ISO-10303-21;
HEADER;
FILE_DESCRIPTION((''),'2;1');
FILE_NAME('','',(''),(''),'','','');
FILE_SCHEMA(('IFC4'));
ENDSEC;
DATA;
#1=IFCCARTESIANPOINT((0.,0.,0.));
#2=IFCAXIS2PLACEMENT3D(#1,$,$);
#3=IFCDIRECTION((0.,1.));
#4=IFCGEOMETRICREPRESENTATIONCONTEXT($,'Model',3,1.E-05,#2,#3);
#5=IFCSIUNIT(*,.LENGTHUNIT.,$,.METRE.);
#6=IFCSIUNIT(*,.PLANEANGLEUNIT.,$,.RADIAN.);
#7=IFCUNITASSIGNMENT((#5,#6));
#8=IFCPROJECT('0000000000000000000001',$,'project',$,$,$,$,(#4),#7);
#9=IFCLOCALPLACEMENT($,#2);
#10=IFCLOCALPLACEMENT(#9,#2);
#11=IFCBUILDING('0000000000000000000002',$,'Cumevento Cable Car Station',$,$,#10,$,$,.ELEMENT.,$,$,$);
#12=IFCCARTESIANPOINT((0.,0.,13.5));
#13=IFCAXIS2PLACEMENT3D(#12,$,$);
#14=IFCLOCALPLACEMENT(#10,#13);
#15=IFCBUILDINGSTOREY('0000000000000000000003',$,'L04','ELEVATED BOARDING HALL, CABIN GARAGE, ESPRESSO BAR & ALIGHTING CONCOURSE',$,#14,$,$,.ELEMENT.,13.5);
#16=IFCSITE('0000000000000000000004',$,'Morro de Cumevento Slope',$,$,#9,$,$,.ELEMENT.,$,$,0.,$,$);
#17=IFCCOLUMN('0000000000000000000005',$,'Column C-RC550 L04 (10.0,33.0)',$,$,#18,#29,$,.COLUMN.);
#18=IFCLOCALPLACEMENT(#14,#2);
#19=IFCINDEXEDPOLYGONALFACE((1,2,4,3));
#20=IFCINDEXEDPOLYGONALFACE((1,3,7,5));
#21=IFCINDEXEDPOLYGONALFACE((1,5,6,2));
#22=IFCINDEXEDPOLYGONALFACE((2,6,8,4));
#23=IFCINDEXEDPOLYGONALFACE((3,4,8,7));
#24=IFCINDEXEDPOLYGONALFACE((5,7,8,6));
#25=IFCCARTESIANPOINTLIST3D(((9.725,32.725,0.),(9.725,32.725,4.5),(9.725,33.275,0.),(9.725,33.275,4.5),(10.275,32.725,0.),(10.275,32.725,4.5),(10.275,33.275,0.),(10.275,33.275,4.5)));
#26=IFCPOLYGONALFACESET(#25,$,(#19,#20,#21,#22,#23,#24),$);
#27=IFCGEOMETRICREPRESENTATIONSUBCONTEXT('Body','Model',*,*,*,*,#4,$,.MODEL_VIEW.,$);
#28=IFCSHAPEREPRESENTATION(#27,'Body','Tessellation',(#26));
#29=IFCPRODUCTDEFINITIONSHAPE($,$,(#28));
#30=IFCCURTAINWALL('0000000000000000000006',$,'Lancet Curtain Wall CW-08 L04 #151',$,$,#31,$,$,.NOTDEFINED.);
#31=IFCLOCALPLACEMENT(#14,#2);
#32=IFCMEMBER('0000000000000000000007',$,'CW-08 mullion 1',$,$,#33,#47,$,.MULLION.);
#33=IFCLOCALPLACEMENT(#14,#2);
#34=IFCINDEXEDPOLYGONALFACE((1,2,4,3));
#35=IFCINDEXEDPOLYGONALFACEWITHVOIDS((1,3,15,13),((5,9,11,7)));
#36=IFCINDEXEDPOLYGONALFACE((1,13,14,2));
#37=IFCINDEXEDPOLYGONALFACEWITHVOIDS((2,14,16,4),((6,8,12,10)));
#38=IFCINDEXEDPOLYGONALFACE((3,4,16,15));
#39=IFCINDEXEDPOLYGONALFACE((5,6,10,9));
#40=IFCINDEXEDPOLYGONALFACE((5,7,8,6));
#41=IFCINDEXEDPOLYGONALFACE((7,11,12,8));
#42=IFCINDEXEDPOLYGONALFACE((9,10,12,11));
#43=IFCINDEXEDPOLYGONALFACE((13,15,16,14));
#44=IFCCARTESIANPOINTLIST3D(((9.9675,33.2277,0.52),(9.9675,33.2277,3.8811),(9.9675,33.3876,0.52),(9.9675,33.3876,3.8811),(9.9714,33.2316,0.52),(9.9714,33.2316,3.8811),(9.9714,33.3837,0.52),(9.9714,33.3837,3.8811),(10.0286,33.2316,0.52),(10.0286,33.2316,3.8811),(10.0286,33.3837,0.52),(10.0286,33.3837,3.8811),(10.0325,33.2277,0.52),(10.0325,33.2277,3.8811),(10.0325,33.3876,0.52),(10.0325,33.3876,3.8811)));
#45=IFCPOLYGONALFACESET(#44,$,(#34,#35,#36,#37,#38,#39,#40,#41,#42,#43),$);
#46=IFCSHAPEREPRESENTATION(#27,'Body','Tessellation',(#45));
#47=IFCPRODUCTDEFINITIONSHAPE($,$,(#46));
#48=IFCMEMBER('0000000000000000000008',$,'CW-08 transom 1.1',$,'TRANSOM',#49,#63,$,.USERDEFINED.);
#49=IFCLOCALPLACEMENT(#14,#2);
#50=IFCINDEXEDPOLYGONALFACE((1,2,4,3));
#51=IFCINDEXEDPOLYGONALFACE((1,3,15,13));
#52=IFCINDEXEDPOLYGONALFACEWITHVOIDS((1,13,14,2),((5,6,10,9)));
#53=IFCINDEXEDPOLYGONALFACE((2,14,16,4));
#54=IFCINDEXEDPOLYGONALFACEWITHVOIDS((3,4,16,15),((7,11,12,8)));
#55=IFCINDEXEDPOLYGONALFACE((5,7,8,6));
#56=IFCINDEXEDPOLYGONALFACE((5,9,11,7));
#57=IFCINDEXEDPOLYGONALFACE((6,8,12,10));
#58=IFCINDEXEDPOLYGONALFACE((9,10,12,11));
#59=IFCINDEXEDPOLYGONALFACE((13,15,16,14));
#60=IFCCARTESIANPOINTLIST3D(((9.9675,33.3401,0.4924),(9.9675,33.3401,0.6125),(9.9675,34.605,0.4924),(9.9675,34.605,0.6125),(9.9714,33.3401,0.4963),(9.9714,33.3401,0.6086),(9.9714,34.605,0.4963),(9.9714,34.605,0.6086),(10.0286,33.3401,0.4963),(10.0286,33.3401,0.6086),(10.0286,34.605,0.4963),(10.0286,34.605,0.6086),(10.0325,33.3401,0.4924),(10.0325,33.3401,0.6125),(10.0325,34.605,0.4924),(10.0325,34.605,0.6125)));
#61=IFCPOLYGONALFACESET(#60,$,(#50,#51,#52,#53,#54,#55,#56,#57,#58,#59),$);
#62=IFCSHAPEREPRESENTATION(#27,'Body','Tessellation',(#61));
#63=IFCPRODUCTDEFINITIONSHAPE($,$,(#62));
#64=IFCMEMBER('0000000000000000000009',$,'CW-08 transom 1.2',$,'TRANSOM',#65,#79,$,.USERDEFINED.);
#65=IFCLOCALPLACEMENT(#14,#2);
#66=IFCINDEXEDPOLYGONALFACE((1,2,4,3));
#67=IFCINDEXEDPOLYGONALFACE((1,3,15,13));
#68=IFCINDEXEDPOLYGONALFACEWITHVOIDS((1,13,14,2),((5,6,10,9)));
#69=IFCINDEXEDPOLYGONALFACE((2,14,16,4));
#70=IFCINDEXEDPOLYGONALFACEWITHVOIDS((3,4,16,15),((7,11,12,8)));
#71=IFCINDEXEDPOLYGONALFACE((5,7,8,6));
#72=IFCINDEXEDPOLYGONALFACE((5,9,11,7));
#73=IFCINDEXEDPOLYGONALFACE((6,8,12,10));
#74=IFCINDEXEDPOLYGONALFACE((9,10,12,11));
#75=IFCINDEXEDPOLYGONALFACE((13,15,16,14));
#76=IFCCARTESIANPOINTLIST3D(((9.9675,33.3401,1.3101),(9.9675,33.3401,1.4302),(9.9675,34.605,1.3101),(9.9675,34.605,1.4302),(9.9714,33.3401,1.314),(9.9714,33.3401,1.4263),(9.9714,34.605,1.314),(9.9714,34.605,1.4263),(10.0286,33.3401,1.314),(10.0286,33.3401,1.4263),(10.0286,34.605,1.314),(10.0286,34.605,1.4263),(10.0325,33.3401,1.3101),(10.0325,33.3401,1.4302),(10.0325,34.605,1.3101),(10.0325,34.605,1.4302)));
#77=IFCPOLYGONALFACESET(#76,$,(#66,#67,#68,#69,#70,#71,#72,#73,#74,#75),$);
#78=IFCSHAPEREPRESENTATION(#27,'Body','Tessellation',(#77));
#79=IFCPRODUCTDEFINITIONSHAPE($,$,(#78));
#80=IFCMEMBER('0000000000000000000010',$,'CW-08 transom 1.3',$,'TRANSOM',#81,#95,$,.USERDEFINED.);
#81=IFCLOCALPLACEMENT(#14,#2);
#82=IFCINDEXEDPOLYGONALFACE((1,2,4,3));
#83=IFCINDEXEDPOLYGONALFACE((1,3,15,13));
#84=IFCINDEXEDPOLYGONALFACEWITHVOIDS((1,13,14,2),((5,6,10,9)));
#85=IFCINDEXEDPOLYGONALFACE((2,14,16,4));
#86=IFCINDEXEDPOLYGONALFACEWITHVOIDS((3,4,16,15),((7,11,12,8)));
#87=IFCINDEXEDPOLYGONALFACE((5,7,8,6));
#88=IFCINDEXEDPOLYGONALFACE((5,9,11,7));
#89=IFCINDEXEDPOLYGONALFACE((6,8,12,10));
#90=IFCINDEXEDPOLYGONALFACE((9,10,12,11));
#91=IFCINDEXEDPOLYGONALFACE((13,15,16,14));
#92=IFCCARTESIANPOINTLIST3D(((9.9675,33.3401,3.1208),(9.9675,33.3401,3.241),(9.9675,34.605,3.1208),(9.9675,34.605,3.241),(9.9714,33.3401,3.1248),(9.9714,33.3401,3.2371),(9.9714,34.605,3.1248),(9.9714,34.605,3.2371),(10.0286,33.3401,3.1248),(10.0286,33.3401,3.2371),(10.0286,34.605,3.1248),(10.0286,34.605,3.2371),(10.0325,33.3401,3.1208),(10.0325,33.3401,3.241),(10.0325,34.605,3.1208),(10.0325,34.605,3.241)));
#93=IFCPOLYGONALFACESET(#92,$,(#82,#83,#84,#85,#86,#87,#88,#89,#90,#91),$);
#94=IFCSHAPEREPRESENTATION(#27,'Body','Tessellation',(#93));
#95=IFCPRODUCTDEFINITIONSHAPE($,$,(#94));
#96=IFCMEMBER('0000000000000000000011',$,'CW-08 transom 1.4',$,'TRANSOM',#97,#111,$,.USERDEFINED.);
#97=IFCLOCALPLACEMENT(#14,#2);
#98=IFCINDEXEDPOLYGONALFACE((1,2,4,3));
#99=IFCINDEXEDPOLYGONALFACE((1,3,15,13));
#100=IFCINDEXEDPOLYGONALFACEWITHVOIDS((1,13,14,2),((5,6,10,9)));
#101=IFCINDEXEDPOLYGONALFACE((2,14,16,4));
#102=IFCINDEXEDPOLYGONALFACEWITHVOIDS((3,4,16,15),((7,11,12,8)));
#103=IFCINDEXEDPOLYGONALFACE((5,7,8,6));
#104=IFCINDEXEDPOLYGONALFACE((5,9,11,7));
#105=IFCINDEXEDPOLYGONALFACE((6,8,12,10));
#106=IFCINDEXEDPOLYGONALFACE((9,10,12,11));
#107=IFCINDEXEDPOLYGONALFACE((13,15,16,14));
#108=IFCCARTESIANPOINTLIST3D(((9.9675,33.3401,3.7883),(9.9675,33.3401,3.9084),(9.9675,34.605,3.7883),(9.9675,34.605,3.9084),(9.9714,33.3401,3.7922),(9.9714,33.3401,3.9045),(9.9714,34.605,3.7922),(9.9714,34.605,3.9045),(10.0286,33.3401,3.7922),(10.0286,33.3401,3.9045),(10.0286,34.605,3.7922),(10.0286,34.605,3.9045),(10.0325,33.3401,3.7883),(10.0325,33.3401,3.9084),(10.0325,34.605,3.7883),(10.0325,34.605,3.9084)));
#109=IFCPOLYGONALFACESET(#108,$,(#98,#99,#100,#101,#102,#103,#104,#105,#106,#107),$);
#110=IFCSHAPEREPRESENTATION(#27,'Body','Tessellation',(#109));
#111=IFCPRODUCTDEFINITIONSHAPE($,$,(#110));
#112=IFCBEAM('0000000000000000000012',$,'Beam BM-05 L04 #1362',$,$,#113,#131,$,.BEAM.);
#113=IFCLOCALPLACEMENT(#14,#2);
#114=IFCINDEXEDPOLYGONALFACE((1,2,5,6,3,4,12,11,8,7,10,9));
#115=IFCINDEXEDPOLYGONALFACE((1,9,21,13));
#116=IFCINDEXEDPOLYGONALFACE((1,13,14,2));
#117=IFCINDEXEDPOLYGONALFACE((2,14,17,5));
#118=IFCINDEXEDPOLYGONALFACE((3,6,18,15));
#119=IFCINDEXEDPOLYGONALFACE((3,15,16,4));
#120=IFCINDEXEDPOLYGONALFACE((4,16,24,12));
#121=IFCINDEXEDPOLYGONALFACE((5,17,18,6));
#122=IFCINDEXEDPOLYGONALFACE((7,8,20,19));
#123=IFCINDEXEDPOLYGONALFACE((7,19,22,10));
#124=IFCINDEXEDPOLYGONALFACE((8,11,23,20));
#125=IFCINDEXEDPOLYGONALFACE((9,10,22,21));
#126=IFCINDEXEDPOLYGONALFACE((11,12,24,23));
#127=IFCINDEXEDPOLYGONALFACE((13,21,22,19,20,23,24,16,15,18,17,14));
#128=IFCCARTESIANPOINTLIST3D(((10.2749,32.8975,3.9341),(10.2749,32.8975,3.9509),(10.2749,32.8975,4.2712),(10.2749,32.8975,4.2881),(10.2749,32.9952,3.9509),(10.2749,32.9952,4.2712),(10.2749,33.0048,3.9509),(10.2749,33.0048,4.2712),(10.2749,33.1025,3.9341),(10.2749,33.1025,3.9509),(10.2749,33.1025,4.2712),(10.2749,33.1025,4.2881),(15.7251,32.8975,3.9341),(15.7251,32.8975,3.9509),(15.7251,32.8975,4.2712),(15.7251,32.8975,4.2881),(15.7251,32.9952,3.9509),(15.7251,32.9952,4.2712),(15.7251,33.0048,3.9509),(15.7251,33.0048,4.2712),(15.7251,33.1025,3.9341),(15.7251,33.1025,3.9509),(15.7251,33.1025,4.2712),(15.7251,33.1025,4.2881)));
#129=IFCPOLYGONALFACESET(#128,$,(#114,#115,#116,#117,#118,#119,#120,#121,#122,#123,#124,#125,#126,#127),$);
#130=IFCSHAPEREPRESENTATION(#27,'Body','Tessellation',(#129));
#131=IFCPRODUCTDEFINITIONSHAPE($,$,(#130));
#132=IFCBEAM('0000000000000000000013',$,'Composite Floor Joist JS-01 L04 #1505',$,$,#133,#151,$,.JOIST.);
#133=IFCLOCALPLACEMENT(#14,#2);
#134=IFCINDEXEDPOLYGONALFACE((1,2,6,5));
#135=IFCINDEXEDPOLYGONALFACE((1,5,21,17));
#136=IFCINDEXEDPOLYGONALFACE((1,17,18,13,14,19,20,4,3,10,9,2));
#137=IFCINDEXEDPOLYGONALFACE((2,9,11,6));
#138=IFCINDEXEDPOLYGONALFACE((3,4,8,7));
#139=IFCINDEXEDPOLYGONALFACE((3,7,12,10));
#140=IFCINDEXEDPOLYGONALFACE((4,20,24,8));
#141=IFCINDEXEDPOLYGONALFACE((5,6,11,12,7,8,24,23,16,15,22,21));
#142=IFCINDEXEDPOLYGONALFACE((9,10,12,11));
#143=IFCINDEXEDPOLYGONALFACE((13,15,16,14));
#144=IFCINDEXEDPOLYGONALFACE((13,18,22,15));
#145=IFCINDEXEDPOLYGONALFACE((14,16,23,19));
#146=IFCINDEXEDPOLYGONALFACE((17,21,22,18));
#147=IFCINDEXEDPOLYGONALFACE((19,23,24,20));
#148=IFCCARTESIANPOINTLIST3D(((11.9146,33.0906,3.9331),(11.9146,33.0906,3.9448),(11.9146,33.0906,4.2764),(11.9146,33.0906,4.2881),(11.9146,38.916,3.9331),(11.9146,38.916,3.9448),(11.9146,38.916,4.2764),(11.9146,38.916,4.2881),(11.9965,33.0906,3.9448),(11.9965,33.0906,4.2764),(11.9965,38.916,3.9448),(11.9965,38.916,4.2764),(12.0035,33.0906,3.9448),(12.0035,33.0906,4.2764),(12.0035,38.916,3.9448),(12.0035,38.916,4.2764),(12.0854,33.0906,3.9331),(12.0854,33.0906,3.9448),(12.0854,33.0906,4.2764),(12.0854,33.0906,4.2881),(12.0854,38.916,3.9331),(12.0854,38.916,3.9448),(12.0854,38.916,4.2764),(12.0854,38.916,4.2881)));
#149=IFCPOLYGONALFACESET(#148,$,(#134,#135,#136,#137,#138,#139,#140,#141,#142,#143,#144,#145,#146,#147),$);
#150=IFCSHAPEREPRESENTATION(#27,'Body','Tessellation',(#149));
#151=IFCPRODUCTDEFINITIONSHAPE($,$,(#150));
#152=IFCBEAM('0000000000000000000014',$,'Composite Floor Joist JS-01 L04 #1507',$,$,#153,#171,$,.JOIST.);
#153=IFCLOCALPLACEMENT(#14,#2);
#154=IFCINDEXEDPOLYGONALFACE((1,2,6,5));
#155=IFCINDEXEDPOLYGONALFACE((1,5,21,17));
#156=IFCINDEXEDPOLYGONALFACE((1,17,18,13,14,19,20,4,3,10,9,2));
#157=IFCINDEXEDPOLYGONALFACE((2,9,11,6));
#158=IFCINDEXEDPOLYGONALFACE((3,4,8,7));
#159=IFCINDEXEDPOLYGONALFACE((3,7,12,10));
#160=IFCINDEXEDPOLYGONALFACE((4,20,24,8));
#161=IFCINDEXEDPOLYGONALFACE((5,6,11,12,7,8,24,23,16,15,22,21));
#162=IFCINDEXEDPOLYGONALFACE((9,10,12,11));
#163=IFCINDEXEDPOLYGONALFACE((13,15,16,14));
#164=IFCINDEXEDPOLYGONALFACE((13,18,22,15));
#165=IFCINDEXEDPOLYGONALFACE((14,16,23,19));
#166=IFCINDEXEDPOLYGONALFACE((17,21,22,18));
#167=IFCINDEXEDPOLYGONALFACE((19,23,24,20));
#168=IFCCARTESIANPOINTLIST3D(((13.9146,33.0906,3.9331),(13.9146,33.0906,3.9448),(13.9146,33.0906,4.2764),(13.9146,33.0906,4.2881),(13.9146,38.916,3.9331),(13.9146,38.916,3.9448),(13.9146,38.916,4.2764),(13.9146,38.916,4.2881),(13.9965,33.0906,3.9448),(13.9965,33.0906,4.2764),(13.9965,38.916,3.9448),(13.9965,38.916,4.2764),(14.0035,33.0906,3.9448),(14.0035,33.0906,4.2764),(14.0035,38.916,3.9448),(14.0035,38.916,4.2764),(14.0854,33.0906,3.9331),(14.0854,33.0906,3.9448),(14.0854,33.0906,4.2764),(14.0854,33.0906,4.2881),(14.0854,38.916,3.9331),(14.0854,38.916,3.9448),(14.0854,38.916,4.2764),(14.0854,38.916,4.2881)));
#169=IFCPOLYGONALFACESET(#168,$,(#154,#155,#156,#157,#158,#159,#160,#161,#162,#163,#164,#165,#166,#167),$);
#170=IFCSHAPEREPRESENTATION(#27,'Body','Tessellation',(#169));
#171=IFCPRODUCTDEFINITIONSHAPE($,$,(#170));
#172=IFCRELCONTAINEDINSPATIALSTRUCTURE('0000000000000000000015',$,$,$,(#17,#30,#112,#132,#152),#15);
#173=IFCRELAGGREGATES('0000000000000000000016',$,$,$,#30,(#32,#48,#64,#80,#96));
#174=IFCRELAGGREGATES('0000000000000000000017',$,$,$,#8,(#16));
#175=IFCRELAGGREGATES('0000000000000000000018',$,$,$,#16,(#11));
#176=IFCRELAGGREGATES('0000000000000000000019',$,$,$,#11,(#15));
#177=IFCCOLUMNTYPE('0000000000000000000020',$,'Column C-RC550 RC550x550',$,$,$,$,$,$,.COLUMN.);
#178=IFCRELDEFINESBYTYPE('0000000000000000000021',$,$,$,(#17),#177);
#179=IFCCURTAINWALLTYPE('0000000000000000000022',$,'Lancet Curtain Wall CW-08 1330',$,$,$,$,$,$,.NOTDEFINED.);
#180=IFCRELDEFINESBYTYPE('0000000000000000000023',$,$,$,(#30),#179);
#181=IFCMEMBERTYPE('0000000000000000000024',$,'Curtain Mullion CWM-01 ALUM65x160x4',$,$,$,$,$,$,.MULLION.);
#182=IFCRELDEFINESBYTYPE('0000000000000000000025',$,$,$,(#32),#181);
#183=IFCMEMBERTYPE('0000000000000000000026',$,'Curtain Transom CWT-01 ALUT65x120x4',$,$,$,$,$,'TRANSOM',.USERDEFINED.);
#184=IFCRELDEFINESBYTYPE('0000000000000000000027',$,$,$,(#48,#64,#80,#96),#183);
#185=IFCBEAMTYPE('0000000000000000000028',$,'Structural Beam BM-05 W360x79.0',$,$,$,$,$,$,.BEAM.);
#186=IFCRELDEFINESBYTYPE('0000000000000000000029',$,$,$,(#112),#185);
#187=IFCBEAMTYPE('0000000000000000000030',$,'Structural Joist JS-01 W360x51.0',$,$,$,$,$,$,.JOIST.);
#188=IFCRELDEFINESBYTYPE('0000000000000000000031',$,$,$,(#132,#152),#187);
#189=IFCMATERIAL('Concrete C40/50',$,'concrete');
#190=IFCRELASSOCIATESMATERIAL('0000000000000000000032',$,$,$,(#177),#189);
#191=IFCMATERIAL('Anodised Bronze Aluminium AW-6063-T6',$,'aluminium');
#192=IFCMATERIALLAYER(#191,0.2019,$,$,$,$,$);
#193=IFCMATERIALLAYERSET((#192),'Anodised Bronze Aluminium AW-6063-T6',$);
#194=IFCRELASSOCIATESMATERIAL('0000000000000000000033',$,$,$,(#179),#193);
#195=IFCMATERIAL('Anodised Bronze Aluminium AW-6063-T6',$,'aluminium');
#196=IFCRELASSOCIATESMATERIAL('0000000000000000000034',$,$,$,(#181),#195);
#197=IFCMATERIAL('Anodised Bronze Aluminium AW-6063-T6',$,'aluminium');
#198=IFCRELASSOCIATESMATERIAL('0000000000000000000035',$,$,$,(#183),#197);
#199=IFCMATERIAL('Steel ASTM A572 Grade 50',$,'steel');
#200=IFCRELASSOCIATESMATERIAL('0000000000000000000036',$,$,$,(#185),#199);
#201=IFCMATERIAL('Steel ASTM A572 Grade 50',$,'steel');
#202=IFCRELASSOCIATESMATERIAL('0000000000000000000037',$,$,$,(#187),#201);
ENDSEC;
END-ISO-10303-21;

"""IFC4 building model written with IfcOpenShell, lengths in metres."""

from ifc_helpers import new_model, si_unit, direction, frame, origin, origin_2d, place, context, subcontext, project, spatial, rectangle, hollow_rectangle, i_section, extrude, material, layer, layer_set, material_profile, profile_set, type_object, element, aggregate, save


model = new_model("IFC4")

# Units and contexts
model_context = context("Model", 3, precision=1e-05, world=origin(), true_north=direction((0.0, 1.0)))
body_context = subcontext(model_context, "Body", "Model", "MODEL_VIEW")
ifc_project = project(units=[si_unit("LENGTHUNIT", "METRE"), si_unit("PLANEANGLEUNIT", "RADIAN")], contexts=[model_context])

# Site, building, storey
site_placement = place(None, origin())
site = spatial("IfcSite", under=ifc_project, at=site_placement, Name="Morro de Cumevento Slope", CompositionType="ELEMENT", RefElevation=0.0)
building_placement = place(site_placement, origin())
building = spatial("IfcBuilding", under=site, at=building_placement, Name="Cumevento Cable Car Station", CompositionType="ELEMENT")
storey_placement = place(building_placement, frame((0.0, 0.0, 13.5)))
storey = spatial("IfcBuildingStorey", under=building, at=storey_placement, Name="L04", Description="ELEVATED BOARDING HALL, CABIN GARAGE, ESPRESSO BAR & ALIGHTING CONCOURSE", CompositionType="ELEMENT", Elevation=13.5)

# Column
ifc_material_1 = material(Name="Concrete C40/50", Category="concrete")
ifc_material_profile_1 = material_profile(ifc_material_1, rectangle(XDim=0.55, YDim=0.55, at=origin_2d()), Name="RC550x550")
ifc_profile_set_1 = profile_set([ifc_material_profile_1], Name="Concrete C40/50")
column_type = type_object("IfcColumnType", Name="Column C-RC550 RC550x550", PredefinedType="COLUMN", material=ifc_profile_set_1)
column_placement = place(storey_placement, frame((10.0, 33.0, 0.0), z_axis=(0.0, 0.0, 1.0), x_axis=(1.0, 0.0, 0.0)))
element("IfcColumn", 1, at=column_placement, inside=storey, type_object=column_type, Name="Column C-RC550 L04 (10.0,33.0)", PredefinedType="COLUMN", context=body_context, shape_type="SweptSolid", body=[
    extrude(rectangle(XDim=0.55, YDim=0.55, at=origin_2d()), origin(), (0.0, 0.0, 1.0), 4.5),
])

# Curtain wall, members
ifc_material_2 = material(Name="Anodised Bronze Aluminium AW-6063-T6", Category="aluminium")
ifc_layer_1 = layer(ifc_material_2, 0.2019)
ifc_layer_set_1 = layer_set([ifc_layer_1], Name="Anodised Bronze Aluminium AW-6063-T6")
curtain_wall_type = type_object("IfcCurtainWallType", Name="Lancet Curtain Wall CW-08 1330", PredefinedType="NOTDEFINED", material=ifc_layer_set_1)
curtain_wall_placement = place(storey_placement, origin())
curtain_wall = element("IfcCurtainWall", 2, at=curtain_wall_placement, inside=storey, type_object=curtain_wall_type, Name="Lancet Curtain Wall CW-08 L04 #151", PredefinedType="NOTDEFINED")
ifc_material_3 = material(Name="Anodised Bronze Aluminium AW-6063-T6", Category="aluminium")
ifc_material_profile_2 = material_profile(ifc_material_3, hollow_rectangle(XDim=0.0649, YDim=0.1599, WallThickness=0.0039, at=origin_2d()), Name="ALUM65x160x4")
ifc_profile_set_2 = profile_set([ifc_material_profile_2], Name="Anodised Bronze Aluminium AW-6063-T6")
member_type_1 = type_object("IfcMemberType", Name="Curtain Mullion CWM-01 ALUM65x160x4", PredefinedType="MULLION", material=ifc_profile_set_2)
member_1_placement = place(storey_placement, frame((10.0, 33.3076, 0.52), z_axis=(0.0, 0.0, 1.0), x_axis=(-1.0, 0.0, 0.0)))
member_1 = element("IfcMember", 3, at=member_1_placement, type_object=member_type_1, Name="CW-08 mullion 1", PredefinedType="MULLION", context=body_context, shape_type="SweptSolid", body=[
    extrude(hollow_rectangle(XDim=0.0649, YDim=0.1599, WallThickness=0.0039, at=origin_2d()), origin(), (0.0, 0.0, 1.0), 3.3611),
])
ifc_material_4 = material(Name="Anodised Bronze Aluminium AW-6063-T6", Category="aluminium")
ifc_material_profile_3 = material_profile(ifc_material_4, hollow_rectangle(XDim=0.0649, YDim=0.1201, WallThickness=0.0039, at=origin_2d()), Name="ALUT65x120x4")
ifc_profile_set_3 = profile_set([ifc_material_profile_3], Name="Anodised Bronze Aluminium AW-6063-T6")
member_type_2 = type_object("IfcMemberType", Name="Curtain Transom CWT-01 ALUT65x120x4", ElementType="TRANSOM", PredefinedType="USERDEFINED", material=ifc_profile_set_3)
member_2_placement = place(storey_placement, frame((10.0, 33.3401, 0.5525), z_axis=(0.0, 1.0, 0.0), x_axis=(-1.0, 0.0, 0.0)))
member_2 = element("IfcMember", 4, at=member_2_placement, type_object=member_type_2, Name="CW-08 transom 1.1", ObjectType="TRANSOM", PredefinedType="USERDEFINED", context=body_context, shape_type="SweptSolid", body=[
    extrude(hollow_rectangle(XDim=0.0649, YDim=0.1201, WallThickness=0.0039, at=origin_2d()), origin(), (0.0, 0.0, 1.0), 1.2649),
])
member_3_placement = place(storey_placement, frame((10.0, 33.3401, 1.3701), z_axis=(0.0, 1.0, 0.0), x_axis=(-1.0, 0.0, 0.0)))
member_3 = element("IfcMember", 5, at=member_3_placement, type_object=member_type_2, Name="CW-08 transom 1.2", ObjectType="TRANSOM", PredefinedType="USERDEFINED", context=body_context, shape_type="SweptSolid", body=[
    extrude(hollow_rectangle(XDim=0.0649, YDim=0.1201, WallThickness=0.0039, at=origin_2d()), origin(), (0.0, 0.0, 1.0), 1.2649),
])
member_4_placement = place(storey_placement, frame((10.0, 33.3401, 3.1809), z_axis=(0.0, 1.0, 0.0), x_axis=(-1.0, 0.0, 0.0)))
member_4 = element("IfcMember", 6, at=member_4_placement, type_object=member_type_2, Name="CW-08 transom 1.3", ObjectType="TRANSOM", PredefinedType="USERDEFINED", context=body_context, shape_type="SweptSolid", body=[
    extrude(hollow_rectangle(XDim=0.0649, YDim=0.1201, WallThickness=0.0039, at=origin_2d()), origin(), (0.0, 0.0, 1.0), 1.2649),
])
member_5_placement = place(storey_placement, frame((10.0, 33.3401, 3.8484), z_axis=(0.0, 1.0, 0.0), x_axis=(-1.0, 0.0, 0.0)))
member_5 = element("IfcMember", 7, at=member_5_placement, type_object=member_type_2, Name="CW-08 transom 1.4", ObjectType="TRANSOM", PredefinedType="USERDEFINED", context=body_context, shape_type="SweptSolid", body=[
    extrude(hollow_rectangle(XDim=0.0649, YDim=0.1201, WallThickness=0.0039, at=origin_2d()), origin(), (0.0, 0.0, 1.0), 1.2649),
])
aggregate(curtain_wall, [member_1, member_2, member_3, member_4, member_5])

# Beams
ifc_material_5 = material(Name="Steel ASTM A572 Grade 50", Category="steel")
ifc_material_profile_4 = material_profile(ifc_material_5, i_section(OverallWidth=0.2051, OverallDepth=0.354, WebThickness=0.0095, FlangeThickness=0.0168, at=origin_2d()), Name="W360x79.0")
ifc_profile_set_4 = profile_set([ifc_material_profile_4], Name="Steel ASTM A572 Grade 50")
beam_type_1 = type_object("IfcBeamType", Name="Structural Beam BM-05 W360x79.0", PredefinedType="BEAM", material=ifc_profile_set_4)
beam_1_placement = place(storey_placement, frame((10.2749, 33.0, 4.1111), z_axis=(1.0, 0.0, 0.0), x_axis=(0.0, 1.0, 0.0)))
element("IfcBeam", 8, at=beam_1_placement, inside=storey, type_object=beam_type_1, Name="Beam BM-05 L04 #1362", PredefinedType="BEAM", context=body_context, shape_type="SweptSolid", body=[
    extrude(i_section(OverallWidth=0.2051, OverallDepth=0.354, WebThickness=0.0095, FlangeThickness=0.0168, at=origin_2d()), origin(), (0.0, 0.0, 1.0), 5.4502),
])
ifc_material_6 = material(Name="Steel ASTM A572 Grade 50", Category="steel")
ifc_material_profile_5 = material_profile(ifc_material_6, i_section(OverallWidth=0.1709, OverallDepth=0.355, WebThickness=0.0071, FlangeThickness=0.0117, at=origin_2d()), Name="W360x51.0")
ifc_profile_set_5 = profile_set([ifc_material_profile_5], Name="Steel ASTM A572 Grade 50")
beam_type_2 = type_object("IfcBeamType", Name="Structural Joist JS-01 W360x51.0", PredefinedType="JOIST", material=ifc_profile_set_5)
for number, where, z_axis, x_axis, name in (
    (9, (12.0, 33.0906, 4.1106), (0.0, 1.0, 0.0), (-1.0, 0.0, 0.0), "Composite Floor Joist JS-01 L04 #1505"),
    (10, (14.0, 33.0906, 4.1106), (0.0, 1.0, 0.0), (-1.0, 0.0, 0.0), "Composite Floor Joist JS-01 L04 #1507"),
):
    element("IfcBeam", number, at=place(storey_placement, frame(where, z_axis=z_axis, x_axis=x_axis)), inside=storey, type_object=beam_type_2, Name=name, PredefinedType="JOIST", context=body_context, shape_type="SweptSolid", body=[
        extrude(i_section(OverallWidth=0.1709, OverallDepth=0.355, WebThickness=0.0071, FlangeThickness=0.0117, at=origin_2d()), origin(), (0.0, 0.0, 1.0), 5.8254),
    ])

save(model, "model.ifc")
